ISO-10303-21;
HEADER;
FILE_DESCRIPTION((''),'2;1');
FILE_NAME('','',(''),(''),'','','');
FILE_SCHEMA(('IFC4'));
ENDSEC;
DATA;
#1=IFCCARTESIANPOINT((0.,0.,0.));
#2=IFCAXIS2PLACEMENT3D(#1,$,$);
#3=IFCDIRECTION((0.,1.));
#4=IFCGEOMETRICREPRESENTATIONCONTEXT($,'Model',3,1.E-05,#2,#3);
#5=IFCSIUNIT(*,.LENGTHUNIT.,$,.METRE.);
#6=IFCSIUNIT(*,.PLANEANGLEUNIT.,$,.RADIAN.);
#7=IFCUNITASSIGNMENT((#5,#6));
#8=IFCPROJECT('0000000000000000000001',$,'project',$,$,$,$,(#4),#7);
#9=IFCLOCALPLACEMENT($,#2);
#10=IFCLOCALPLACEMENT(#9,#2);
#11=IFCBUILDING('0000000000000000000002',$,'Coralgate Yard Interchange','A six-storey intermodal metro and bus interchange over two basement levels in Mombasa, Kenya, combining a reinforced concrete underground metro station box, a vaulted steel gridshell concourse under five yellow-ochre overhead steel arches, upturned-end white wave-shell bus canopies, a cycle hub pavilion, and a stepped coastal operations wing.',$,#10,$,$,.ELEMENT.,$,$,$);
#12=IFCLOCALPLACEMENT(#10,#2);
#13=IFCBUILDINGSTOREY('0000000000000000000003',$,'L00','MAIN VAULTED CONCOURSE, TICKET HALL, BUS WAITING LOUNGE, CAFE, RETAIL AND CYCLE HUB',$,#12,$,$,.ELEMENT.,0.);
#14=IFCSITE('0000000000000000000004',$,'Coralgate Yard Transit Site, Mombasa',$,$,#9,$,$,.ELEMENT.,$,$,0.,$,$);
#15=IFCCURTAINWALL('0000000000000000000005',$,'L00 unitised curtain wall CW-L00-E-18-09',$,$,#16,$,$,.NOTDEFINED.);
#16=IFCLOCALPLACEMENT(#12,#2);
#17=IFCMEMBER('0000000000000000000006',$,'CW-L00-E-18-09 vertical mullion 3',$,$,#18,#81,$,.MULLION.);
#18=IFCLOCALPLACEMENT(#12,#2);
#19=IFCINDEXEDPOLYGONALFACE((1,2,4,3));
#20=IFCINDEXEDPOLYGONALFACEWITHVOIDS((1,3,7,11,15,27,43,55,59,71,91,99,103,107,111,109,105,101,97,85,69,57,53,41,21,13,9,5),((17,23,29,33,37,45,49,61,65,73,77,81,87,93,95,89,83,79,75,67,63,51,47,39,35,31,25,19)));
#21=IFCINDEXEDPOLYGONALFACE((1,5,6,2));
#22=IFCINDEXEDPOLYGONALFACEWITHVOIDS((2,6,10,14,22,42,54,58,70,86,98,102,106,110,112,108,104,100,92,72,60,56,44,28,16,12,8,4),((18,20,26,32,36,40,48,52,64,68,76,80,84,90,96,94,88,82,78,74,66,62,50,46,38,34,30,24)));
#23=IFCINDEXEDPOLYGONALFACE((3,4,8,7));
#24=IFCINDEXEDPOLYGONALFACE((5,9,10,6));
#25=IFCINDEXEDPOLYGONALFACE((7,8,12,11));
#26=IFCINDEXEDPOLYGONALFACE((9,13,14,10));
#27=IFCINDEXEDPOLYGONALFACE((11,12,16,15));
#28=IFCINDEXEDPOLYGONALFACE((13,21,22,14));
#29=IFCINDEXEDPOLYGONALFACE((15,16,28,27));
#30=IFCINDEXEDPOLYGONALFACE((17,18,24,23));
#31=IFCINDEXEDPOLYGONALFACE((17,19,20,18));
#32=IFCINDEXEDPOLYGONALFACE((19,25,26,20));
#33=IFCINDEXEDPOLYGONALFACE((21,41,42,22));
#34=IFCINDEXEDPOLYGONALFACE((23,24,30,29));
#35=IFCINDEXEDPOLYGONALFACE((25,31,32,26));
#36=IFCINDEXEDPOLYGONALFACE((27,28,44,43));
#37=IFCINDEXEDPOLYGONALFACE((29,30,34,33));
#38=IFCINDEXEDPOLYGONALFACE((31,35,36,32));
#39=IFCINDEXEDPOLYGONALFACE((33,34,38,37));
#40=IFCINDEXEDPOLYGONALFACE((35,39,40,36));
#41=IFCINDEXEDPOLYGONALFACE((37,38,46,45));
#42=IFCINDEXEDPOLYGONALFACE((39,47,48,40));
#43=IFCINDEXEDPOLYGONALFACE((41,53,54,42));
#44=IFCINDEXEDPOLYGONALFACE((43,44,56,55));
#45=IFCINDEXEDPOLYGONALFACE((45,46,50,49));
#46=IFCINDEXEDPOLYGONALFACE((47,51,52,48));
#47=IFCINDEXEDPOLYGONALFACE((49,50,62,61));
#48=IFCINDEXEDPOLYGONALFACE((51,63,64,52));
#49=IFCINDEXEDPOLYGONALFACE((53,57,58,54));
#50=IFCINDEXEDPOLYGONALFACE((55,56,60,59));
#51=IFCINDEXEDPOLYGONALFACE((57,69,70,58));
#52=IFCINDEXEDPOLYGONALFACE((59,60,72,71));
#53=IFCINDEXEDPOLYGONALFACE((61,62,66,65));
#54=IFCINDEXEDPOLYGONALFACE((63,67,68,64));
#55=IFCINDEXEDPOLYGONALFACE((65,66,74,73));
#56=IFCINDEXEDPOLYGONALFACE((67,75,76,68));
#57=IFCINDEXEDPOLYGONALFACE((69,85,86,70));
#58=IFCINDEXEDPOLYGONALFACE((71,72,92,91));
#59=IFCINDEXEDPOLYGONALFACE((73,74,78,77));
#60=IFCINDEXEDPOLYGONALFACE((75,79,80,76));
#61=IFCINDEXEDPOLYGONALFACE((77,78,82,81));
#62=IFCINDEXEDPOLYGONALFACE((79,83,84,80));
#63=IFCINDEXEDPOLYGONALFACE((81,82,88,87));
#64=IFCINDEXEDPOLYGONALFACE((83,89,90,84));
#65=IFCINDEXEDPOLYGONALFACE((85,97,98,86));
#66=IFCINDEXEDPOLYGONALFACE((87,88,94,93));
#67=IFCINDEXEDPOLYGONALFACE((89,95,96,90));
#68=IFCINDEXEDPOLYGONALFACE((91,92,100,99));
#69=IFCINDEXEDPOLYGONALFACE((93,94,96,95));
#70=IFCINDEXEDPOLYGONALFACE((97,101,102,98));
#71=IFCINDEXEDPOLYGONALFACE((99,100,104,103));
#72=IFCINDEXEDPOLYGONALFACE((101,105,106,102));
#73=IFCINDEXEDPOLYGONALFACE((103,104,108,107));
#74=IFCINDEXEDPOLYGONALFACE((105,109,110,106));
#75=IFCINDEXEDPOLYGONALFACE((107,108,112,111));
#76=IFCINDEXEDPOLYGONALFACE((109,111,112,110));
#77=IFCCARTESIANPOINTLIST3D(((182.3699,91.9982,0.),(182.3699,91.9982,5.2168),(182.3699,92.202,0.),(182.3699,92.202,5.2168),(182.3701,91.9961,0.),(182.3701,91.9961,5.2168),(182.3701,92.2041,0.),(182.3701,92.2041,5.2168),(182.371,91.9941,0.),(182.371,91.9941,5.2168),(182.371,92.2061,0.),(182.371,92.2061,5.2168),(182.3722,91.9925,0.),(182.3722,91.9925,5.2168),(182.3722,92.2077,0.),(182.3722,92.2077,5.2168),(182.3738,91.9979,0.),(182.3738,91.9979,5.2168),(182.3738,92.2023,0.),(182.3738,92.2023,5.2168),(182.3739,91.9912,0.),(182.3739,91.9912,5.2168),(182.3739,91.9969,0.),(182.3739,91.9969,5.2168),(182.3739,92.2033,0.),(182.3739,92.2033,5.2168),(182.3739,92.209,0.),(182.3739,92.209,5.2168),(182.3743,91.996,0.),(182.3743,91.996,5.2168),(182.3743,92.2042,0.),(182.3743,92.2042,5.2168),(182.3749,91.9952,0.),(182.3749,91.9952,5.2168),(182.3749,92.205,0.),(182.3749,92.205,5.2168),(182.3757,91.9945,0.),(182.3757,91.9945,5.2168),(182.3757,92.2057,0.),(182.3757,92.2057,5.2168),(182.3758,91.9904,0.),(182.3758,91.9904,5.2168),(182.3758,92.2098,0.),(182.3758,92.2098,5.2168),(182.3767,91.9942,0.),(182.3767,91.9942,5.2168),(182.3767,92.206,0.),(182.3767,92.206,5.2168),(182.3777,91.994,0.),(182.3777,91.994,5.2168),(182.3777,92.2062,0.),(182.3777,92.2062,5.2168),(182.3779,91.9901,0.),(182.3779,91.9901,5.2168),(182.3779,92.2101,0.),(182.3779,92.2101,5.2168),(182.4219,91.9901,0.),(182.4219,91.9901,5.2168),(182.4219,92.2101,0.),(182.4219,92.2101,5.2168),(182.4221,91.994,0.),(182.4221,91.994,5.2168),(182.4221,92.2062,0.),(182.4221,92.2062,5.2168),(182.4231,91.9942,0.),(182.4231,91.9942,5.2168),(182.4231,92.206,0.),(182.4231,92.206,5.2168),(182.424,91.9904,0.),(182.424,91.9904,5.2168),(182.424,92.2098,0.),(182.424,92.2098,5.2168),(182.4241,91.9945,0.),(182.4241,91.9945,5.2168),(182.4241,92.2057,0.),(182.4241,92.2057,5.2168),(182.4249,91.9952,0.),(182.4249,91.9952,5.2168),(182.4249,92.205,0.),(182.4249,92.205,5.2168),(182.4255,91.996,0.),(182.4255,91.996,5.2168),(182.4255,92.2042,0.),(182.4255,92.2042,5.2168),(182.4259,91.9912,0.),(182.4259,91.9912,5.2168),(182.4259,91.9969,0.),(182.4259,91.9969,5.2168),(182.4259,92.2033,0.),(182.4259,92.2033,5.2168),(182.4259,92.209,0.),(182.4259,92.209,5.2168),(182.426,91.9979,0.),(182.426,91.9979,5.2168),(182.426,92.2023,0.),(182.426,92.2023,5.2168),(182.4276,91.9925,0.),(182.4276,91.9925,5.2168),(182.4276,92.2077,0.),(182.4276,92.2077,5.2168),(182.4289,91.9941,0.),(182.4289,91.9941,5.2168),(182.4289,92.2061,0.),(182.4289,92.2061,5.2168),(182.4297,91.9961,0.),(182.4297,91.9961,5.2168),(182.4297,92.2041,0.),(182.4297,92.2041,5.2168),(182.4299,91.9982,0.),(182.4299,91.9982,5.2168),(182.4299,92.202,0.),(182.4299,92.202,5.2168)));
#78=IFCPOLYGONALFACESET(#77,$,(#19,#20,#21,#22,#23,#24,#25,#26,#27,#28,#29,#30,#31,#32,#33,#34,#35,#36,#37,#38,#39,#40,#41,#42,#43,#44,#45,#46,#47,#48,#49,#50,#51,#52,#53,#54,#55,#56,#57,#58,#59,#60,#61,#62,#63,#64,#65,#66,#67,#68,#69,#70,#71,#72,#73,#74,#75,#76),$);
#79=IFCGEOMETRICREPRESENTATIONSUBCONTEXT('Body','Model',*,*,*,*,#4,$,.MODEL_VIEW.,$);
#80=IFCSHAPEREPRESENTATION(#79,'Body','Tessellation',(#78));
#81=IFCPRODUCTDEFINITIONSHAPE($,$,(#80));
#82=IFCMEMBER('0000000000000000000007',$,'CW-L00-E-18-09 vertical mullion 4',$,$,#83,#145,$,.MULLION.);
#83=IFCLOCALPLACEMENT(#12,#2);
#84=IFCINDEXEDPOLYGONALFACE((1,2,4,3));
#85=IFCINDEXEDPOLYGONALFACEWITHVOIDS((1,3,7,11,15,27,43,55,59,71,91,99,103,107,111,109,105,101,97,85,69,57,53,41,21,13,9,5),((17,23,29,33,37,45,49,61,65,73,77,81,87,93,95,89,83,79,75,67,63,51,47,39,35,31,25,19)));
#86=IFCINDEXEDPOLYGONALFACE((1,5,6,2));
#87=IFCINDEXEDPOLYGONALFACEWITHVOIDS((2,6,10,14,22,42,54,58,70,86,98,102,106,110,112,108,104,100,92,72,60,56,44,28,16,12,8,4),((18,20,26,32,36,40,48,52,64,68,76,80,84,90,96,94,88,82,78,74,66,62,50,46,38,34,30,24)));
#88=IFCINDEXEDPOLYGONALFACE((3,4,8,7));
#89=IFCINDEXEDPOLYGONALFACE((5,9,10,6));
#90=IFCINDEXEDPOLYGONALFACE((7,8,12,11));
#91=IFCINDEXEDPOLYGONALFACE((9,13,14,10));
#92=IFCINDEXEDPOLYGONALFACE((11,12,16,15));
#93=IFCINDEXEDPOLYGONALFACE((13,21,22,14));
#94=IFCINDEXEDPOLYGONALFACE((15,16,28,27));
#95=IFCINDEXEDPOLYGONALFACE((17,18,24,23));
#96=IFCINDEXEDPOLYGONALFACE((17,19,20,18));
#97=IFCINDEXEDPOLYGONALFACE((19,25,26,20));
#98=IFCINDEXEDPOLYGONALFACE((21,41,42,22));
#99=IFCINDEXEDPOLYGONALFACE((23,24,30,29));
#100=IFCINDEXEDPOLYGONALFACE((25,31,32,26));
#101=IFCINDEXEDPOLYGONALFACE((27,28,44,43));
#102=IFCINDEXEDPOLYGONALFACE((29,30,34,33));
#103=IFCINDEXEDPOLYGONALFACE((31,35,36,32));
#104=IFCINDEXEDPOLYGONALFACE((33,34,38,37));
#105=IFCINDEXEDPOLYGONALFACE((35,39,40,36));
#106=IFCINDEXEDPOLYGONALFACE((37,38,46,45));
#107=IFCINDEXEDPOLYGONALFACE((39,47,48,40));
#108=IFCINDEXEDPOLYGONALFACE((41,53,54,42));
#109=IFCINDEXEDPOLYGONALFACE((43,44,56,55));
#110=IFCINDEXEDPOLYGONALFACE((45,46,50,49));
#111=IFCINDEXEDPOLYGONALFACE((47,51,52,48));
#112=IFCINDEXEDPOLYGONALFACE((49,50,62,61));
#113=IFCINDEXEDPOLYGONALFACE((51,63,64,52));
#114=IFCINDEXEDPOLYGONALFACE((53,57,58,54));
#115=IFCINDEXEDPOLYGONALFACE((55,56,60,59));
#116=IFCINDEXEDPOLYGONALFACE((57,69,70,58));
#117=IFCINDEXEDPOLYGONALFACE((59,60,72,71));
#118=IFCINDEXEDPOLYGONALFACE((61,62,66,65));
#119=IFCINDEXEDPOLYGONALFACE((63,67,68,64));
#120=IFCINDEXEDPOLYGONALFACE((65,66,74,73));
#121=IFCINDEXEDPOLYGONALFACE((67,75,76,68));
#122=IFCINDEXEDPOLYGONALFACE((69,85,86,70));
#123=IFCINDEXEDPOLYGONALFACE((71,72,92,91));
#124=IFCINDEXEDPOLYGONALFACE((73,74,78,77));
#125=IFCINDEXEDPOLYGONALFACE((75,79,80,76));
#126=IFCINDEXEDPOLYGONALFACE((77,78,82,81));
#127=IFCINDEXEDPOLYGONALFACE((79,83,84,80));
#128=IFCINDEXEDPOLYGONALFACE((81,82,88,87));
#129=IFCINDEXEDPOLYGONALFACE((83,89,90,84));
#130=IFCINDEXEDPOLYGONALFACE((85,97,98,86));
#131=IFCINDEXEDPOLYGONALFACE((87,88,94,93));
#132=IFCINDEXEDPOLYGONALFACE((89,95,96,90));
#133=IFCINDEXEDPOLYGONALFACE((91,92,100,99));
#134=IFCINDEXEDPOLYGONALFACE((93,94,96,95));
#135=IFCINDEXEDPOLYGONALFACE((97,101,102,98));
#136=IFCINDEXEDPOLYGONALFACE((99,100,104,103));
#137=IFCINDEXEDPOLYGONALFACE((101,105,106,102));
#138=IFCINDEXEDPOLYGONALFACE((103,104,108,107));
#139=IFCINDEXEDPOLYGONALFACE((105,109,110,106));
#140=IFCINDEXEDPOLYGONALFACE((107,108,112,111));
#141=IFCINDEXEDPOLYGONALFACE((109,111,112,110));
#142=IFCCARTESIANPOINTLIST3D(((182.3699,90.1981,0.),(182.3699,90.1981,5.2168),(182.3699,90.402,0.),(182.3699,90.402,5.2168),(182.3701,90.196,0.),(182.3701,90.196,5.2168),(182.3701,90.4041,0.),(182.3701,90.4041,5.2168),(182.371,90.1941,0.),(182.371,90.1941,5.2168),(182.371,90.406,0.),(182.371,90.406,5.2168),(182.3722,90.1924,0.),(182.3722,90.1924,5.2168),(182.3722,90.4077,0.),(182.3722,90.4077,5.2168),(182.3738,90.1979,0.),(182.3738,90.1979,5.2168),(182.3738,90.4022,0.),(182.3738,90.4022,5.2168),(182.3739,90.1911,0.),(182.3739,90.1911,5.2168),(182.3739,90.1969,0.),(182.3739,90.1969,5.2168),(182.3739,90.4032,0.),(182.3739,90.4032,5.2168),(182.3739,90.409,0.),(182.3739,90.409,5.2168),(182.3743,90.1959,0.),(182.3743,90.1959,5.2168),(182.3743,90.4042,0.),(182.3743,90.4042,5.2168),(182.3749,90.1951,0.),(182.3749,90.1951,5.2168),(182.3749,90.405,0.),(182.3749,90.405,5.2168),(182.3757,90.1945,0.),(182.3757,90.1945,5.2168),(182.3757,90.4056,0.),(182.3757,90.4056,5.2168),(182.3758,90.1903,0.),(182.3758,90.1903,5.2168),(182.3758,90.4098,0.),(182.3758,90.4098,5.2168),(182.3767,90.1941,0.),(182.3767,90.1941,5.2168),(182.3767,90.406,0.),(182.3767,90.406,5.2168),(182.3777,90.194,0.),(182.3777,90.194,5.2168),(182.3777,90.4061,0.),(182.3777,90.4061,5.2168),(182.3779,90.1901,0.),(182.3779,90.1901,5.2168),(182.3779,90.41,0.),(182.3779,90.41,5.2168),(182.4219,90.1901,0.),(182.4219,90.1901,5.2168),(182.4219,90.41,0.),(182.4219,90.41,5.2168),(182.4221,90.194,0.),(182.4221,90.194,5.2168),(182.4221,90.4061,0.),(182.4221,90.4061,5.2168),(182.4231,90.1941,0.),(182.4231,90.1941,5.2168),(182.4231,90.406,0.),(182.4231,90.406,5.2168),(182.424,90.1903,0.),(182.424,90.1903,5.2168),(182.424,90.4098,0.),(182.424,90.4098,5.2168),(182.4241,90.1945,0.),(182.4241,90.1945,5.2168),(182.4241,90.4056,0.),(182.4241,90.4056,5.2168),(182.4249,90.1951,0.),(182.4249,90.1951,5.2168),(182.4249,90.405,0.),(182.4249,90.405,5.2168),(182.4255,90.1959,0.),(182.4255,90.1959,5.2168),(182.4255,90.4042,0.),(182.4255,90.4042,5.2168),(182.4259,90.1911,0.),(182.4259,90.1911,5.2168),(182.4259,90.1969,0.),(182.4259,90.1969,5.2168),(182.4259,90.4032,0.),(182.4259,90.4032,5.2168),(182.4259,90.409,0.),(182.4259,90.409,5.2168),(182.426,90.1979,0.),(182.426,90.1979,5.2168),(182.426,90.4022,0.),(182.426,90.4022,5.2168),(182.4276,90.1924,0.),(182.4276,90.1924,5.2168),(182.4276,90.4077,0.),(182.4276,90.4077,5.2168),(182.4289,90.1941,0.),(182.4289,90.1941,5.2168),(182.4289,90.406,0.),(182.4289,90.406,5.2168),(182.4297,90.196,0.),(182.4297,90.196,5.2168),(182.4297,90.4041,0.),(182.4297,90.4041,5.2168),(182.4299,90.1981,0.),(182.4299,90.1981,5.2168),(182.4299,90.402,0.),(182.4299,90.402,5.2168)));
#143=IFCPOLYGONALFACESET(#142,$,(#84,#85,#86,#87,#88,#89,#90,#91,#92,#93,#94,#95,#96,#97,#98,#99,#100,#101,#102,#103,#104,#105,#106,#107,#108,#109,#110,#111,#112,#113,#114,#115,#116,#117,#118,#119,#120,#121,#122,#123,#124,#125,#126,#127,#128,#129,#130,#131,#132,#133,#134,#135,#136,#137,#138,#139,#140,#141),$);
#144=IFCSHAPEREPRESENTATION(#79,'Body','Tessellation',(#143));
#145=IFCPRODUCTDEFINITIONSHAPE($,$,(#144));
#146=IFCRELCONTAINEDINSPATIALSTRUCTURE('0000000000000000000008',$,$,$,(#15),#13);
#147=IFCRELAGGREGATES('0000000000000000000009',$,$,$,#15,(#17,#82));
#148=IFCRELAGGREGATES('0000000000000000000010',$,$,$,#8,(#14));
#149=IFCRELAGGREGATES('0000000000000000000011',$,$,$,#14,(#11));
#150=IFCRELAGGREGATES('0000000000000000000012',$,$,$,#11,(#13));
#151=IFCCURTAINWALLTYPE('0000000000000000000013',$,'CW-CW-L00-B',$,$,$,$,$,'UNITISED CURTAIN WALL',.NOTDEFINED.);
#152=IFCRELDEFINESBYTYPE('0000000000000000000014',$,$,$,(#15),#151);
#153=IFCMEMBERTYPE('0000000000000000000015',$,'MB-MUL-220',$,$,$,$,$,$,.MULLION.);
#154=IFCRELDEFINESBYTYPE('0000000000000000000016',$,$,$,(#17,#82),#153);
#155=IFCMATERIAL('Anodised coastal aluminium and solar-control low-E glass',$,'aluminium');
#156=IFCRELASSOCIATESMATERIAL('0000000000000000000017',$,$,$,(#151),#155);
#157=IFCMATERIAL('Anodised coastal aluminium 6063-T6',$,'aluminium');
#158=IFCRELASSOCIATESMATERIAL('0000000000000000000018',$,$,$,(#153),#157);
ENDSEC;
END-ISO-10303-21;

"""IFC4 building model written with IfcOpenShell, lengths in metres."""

from ifc_helpers import new_model, si_unit, direction, frame, origin, origin_2d, place, context, subcontext, project, spatial, hollow_rectangle, extrude, material, material_profile, profile_set, type_object, element, aggregate, save


model = new_model("IFC4")

# Units and contexts
model_context = context("Model", 3, precision=1e-05, world=origin(), true_north=direction((0.0, 1.0)))
body_context = subcontext(model_context, "Body", "Model", "MODEL_VIEW")
ifc_project = project(units=[si_unit("LENGTHUNIT", "METRE"), si_unit("PLANEANGLEUNIT", "RADIAN")], contexts=[model_context])

# Site, building, storey
site_placement = place(None, origin())
site = spatial("IfcSite", under=ifc_project, at=site_placement, Name="Coralgate Yard Transit Site, Mombasa", CompositionType="ELEMENT", RefElevation=0.0)
building_placement = place(site_placement, origin())
building = spatial("IfcBuilding", under=site, at=building_placement, Name="Coralgate Yard Interchange", Description="A six-storey intermodal metro and bus interchange over two basement levels in Mombasa, Kenya, combining a reinforced concrete underground metro station box, a vaulted steel gridshell concourse under five yellow-ochre overhead steel arches, upturned-end white wave-shell bus canopies, a cycle hub pavilion, and a stepped coastal operations wing.", CompositionType="ELEMENT")
storey_placement = place(building_placement, origin())
storey = spatial("IfcBuildingStorey", under=building, at=storey_placement, Name="L00", Description="MAIN VAULTED CONCOURSE, TICKET HALL, BUS WAITING LOUNGE, CAFE, RETAIL AND CYCLE HUB", CompositionType="ELEMENT", Elevation=0.0)

# Curtain wall, members
ifc_material_1 = material(Name="Anodised coastal aluminium and solar-control low-E glass", Category="aluminium")
curtain_wall_type = type_object("IfcCurtainWallType", Name="CW-CW-L00-B", ElementType="UNITISED CURTAIN WALL", PredefinedType="NOTDEFINED", material=ifc_material_1)
curtain_wall_placement = place(storey_placement, origin())
curtain_wall = element("IfcCurtainWall", 1, at=curtain_wall_placement, inside=storey, type_object=curtain_wall_type, Name="L00 unitised curtain wall CW-L00-E-18-09", PredefinedType="NOTDEFINED")
ifc_material_2 = material(Name="Anodised coastal aluminium 6063-T6", Category="aluminium")
ifc_material_profile_1 = material_profile(ifc_material_2, hollow_rectangle(XDim=0.0601, YDim=0.22, WallThickness=0.0039, InnerFilletRadius=0.0039, OuterFilletRadius=0.0081, at=origin_2d()), Name="ALU 60x220x4")
ifc_profile_set_1 = profile_set([ifc_material_profile_1], Name="Anodised coastal aluminium 6063-T6")
member_type_1 = type_object("IfcMemberType", Name="MB-MUL-220", PredefinedType="MULLION", material=ifc_profile_set_1)
member_1_placement = place(storey_placement, frame((182.3999, 92.1001, 0.0), z_axis=(0.0, 0.0, 1.0), x_axis=(1.0, 0.0, 0.0)))
member_1 = element("IfcMember", 2, at=member_1_placement, type_object=member_type_1, Name="CW-L00-E-18-09 vertical mullion 3", PredefinedType="MULLION", context=body_context, shape_type="SweptSolid", body=[
    extrude(hollow_rectangle(XDim=0.0601, YDim=0.22, WallThickness=0.0039, InnerFilletRadius=0.0039, OuterFilletRadius=0.0081, at=origin_2d()), origin(), (0.0, 0.0, 1.0), 5.2168),
])
member_2_placement = place(storey_placement, frame((182.3999, 90.3, 0.0), z_axis=(0.0, 0.0, 1.0), x_axis=(1.0, 0.0, 0.0)))
member_2 = element("IfcMember", 3, at=member_2_placement, type_object=member_type_1, Name="CW-L00-E-18-09 vertical mullion 4", PredefinedType="MULLION", context=body_context, shape_type="SweptSolid", body=[
    extrude(hollow_rectangle(XDim=0.0601, YDim=0.22, WallThickness=0.0039, InnerFilletRadius=0.0039, OuterFilletRadius=0.0081, at=origin_2d()), origin(), (0.0, 0.0, 1.0), 5.2168),
])
aggregate(curtain_wall, [member_1, member_2])

save(model, "model.ifc")
